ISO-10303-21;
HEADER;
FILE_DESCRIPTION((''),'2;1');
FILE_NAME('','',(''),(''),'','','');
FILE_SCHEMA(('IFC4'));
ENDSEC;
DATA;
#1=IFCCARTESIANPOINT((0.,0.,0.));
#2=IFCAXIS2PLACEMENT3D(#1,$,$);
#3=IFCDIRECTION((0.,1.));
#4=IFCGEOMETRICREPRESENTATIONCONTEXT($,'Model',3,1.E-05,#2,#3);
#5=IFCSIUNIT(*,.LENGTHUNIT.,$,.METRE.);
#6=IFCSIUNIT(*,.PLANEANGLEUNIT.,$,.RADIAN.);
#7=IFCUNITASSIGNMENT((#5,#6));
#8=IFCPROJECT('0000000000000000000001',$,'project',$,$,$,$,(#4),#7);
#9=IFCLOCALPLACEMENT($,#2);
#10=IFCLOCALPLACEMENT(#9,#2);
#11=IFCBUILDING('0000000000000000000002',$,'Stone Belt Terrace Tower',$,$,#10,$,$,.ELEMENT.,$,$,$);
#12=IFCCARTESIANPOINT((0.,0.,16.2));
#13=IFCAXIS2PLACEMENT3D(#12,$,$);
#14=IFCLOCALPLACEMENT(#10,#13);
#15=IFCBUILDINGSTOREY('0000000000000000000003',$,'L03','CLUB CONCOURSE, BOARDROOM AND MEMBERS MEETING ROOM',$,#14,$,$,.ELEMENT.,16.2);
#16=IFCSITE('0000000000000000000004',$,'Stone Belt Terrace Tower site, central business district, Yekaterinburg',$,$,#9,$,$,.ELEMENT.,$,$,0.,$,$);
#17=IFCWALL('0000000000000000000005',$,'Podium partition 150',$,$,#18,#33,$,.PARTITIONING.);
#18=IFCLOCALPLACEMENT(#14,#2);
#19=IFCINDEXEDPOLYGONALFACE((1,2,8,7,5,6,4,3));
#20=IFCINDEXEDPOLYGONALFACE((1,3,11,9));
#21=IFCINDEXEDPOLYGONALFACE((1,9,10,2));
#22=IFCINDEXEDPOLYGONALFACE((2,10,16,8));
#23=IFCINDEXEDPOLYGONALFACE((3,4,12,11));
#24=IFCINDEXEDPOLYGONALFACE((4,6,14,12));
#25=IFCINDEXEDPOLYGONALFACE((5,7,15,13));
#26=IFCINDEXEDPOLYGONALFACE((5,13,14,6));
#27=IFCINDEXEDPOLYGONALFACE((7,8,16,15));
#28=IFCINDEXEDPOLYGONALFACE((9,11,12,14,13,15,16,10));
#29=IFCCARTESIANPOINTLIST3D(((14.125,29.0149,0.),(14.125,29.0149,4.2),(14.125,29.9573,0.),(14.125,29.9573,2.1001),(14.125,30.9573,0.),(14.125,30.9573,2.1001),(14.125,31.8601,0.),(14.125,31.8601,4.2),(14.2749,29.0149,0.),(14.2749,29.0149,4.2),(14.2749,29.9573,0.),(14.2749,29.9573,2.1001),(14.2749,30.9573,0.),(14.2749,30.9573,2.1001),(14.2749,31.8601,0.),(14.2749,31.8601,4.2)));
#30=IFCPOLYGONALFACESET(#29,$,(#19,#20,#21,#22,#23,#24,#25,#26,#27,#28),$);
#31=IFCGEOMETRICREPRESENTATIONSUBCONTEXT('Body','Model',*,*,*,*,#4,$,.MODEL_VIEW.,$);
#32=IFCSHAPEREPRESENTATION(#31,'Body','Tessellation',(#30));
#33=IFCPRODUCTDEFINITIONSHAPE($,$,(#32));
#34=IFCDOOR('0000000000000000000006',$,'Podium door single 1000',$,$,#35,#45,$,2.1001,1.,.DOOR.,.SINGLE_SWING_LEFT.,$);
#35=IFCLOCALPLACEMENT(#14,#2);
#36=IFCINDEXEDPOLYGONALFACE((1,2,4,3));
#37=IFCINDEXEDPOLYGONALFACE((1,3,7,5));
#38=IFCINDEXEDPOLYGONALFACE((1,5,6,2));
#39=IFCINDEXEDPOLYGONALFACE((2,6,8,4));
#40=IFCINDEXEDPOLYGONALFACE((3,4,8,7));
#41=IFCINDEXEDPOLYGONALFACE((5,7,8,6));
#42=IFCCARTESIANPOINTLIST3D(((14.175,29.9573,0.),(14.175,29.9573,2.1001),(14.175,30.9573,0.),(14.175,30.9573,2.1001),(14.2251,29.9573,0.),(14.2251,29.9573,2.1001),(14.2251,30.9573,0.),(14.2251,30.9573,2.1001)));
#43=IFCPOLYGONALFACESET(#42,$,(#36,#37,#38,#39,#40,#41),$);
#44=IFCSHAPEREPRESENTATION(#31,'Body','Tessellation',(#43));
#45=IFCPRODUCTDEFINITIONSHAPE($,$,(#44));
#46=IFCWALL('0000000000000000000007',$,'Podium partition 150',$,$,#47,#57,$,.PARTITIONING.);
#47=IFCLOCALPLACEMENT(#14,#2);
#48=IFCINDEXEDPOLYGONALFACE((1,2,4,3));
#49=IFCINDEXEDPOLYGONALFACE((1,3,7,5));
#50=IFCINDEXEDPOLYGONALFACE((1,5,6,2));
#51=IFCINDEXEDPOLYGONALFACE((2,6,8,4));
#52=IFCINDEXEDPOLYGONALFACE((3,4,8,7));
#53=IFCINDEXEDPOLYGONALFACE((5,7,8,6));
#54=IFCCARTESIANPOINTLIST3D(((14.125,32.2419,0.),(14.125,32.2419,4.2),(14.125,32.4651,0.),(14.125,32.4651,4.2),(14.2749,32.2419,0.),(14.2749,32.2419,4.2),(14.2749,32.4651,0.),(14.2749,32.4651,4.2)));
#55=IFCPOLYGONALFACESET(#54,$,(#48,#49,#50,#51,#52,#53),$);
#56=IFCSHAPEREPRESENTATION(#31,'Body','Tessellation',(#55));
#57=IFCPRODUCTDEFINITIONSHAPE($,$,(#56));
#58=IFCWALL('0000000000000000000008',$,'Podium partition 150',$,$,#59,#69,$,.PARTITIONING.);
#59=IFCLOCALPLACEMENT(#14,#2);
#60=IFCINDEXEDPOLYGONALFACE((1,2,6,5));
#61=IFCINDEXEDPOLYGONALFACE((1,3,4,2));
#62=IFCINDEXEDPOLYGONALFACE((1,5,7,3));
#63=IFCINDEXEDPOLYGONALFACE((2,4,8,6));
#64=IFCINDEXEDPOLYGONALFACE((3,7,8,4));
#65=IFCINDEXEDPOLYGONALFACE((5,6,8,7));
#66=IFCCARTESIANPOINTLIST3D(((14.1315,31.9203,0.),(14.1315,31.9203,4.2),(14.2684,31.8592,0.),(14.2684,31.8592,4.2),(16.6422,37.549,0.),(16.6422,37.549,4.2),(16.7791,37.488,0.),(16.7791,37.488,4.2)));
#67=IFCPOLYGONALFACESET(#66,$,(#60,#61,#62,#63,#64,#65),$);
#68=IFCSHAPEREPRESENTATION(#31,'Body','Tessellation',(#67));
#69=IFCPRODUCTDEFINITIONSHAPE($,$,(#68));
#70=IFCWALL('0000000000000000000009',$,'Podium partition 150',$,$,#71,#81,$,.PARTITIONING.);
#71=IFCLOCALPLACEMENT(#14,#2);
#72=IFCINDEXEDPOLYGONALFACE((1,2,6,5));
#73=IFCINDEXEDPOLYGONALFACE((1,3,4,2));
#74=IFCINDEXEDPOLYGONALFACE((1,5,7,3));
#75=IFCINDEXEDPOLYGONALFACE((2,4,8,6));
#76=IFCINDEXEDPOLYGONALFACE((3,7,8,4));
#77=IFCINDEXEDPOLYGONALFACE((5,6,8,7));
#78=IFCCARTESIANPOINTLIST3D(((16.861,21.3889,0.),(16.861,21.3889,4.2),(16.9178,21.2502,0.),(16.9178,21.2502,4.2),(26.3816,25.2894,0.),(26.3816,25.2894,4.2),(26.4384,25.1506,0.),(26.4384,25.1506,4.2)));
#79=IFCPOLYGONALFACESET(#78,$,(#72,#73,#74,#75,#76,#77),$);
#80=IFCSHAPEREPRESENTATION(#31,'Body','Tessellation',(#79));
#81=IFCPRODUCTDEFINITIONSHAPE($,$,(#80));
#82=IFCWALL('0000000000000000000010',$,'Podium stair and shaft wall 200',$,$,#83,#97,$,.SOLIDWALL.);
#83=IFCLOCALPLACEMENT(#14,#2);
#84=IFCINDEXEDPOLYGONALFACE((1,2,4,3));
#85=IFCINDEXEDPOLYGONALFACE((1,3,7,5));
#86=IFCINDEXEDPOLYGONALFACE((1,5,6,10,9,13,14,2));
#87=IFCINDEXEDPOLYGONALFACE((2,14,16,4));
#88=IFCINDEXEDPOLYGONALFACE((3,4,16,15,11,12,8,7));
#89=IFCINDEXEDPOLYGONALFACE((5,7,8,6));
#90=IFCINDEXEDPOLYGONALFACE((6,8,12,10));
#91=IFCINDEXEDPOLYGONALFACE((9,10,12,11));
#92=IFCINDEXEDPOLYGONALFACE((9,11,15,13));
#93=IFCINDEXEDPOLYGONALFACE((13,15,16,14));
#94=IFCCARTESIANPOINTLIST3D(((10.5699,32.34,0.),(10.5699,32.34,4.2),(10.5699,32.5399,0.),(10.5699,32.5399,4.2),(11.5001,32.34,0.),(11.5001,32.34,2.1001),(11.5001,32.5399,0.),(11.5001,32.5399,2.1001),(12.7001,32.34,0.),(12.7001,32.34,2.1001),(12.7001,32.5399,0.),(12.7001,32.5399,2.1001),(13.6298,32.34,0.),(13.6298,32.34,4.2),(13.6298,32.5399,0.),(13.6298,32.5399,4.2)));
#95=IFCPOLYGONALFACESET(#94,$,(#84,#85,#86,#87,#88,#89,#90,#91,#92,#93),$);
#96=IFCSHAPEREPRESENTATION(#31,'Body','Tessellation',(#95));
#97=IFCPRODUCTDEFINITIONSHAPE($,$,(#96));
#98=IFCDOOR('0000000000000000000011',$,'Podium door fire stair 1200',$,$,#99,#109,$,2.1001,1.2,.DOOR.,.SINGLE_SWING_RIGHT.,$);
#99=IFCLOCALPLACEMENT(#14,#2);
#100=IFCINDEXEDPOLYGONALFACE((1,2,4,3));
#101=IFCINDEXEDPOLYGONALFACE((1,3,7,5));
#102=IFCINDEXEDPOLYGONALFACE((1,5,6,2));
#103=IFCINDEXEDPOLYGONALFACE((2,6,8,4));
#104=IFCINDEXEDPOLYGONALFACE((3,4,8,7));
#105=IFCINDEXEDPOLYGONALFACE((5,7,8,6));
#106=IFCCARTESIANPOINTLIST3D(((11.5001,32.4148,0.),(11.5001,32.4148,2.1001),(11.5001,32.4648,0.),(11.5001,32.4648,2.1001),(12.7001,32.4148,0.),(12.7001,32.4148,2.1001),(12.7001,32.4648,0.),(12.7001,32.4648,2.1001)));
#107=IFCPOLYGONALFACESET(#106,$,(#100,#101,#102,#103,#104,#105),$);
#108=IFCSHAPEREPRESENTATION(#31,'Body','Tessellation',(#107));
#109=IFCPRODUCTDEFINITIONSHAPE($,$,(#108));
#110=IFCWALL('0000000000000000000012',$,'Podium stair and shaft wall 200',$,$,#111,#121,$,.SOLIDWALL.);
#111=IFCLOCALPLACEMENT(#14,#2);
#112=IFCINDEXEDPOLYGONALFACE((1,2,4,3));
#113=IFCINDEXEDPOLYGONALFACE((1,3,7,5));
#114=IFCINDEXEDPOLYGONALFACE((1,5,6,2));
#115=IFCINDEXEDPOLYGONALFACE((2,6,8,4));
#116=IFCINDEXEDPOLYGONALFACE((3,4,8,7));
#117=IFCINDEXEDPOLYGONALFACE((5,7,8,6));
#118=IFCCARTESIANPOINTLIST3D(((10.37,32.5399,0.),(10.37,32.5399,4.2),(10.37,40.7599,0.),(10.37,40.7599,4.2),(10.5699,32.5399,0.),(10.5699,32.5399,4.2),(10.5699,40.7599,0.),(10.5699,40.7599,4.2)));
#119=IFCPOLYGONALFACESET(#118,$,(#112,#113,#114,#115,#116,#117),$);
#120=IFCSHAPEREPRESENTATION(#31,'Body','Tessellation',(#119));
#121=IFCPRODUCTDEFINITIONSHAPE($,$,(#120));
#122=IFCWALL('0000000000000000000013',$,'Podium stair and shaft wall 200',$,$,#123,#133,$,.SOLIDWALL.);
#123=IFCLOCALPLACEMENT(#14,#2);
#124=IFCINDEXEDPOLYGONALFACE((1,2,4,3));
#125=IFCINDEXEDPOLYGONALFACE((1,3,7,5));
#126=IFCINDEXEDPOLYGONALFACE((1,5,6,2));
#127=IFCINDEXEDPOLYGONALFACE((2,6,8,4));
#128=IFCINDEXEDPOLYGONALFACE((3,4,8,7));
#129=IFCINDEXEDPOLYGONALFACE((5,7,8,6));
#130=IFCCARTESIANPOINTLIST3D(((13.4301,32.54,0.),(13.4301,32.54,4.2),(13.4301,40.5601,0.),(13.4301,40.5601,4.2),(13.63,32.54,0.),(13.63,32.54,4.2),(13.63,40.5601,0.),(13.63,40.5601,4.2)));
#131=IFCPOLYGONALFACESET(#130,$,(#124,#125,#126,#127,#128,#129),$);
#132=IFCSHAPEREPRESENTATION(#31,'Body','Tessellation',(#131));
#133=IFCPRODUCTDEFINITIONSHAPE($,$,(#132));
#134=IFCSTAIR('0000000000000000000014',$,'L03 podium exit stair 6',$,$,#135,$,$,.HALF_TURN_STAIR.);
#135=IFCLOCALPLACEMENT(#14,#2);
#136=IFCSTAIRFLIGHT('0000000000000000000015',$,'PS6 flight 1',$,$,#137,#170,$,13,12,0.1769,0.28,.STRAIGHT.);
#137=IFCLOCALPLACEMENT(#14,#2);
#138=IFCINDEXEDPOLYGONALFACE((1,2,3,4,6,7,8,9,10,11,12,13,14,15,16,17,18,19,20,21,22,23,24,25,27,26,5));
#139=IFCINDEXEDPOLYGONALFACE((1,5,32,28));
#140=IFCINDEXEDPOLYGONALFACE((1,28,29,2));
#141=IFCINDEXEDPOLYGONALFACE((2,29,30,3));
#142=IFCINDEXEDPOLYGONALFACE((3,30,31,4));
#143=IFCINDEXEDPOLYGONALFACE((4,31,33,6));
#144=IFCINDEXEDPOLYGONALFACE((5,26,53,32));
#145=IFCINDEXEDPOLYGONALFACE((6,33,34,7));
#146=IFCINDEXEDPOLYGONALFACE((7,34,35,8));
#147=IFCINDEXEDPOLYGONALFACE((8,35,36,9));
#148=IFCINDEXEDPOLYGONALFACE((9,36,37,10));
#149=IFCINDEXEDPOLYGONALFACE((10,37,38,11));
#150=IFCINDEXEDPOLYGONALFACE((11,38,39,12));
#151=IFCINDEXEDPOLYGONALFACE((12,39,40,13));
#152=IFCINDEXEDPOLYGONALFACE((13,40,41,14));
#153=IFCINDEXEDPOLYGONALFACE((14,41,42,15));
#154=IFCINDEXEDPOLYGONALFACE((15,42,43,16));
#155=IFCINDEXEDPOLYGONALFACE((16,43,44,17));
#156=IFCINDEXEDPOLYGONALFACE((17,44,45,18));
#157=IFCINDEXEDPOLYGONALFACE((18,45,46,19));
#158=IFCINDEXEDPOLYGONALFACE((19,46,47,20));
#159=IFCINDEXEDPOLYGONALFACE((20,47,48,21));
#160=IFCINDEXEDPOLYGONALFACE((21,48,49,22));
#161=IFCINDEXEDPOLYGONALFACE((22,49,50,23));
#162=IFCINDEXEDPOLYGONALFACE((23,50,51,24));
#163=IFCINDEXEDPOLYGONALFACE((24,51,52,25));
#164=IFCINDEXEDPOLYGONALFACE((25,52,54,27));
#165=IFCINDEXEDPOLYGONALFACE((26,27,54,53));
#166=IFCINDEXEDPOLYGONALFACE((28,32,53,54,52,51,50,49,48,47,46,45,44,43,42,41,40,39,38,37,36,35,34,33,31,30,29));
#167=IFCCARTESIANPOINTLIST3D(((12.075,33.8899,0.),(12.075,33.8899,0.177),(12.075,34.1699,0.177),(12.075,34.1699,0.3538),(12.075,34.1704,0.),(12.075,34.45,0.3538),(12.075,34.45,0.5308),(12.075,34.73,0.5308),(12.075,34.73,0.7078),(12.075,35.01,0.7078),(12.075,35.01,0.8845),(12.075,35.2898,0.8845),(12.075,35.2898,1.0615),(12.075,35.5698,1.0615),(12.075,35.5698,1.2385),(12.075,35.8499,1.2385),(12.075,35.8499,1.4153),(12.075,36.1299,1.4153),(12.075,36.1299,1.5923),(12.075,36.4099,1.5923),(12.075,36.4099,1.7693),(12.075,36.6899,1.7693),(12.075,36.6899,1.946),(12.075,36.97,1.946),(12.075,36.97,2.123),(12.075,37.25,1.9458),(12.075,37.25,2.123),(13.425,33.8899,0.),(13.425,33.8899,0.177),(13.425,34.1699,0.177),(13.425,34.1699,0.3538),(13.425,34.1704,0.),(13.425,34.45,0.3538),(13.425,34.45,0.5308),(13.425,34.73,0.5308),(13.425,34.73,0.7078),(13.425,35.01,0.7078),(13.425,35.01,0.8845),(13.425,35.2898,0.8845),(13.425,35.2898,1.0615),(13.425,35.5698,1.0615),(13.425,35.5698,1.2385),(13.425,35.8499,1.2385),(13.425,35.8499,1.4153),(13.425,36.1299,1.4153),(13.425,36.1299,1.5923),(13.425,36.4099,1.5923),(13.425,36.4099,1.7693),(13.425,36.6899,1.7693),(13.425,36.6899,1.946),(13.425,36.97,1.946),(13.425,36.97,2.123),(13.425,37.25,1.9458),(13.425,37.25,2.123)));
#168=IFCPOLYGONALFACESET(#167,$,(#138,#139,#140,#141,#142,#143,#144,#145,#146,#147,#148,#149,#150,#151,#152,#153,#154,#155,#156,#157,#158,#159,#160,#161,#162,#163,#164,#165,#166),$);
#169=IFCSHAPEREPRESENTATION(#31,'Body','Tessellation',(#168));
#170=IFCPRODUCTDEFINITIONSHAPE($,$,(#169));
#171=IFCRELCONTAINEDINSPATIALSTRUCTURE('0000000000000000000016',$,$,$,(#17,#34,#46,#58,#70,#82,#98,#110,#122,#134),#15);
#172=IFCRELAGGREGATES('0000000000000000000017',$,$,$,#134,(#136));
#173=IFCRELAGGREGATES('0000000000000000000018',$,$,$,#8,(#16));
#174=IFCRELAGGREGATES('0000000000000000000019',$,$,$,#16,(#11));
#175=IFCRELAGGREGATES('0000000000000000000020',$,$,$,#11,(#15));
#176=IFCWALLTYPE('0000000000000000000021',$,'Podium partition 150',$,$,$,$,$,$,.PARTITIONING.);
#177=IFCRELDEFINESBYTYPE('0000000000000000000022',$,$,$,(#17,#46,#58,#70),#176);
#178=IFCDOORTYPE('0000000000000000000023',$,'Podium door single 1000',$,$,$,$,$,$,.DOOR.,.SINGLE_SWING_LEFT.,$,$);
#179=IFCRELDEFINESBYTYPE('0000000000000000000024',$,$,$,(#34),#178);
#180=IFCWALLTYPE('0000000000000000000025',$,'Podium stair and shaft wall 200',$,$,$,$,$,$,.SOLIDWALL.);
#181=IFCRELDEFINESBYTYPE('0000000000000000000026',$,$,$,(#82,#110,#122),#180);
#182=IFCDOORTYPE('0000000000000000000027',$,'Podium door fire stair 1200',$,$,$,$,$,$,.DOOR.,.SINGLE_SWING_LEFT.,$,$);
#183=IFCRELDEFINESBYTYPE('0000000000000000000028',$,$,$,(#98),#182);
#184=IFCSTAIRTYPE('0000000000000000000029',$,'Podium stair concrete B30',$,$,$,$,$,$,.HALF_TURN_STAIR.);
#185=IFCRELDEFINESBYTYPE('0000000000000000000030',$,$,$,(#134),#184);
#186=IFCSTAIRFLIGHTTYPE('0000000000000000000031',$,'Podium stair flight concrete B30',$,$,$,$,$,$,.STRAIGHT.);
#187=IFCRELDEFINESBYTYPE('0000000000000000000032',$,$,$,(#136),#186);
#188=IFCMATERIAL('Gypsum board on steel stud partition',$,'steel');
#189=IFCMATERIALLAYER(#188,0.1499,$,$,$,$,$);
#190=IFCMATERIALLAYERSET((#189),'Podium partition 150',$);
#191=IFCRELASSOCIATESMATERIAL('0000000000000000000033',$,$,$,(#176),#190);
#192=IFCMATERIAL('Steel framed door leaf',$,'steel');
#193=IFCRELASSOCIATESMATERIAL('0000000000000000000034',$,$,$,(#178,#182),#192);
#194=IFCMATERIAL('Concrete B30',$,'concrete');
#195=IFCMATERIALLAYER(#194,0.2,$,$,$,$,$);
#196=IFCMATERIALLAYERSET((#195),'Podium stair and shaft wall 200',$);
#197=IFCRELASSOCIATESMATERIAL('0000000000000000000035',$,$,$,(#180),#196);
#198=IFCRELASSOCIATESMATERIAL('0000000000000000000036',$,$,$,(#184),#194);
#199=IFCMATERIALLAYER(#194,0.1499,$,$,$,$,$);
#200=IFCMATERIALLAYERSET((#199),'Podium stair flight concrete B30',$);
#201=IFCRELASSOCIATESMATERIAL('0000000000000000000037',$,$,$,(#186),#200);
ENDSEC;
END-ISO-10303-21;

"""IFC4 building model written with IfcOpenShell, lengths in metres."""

from ifc_helpers import new_model, si_unit, direction, frame, frame_2d, origin, place, context, subcontext, project, spatial, polyline, rectangle, outline, extrude, material, layer, layer_set, type_object, element, fill, aggregate, save


model = new_model("IFC4")

# Units and contexts
model_context = context("Model", 3, precision=1e-05, world=origin(), true_north=direction((0.0, 1.0)))
body_context = subcontext(model_context, "Body", "Model", "MODEL_VIEW")
ifc_project = project(units=[si_unit("LENGTHUNIT", "METRE"), si_unit("PLANEANGLEUNIT", "RADIAN")], contexts=[model_context])

# Site, building, storey
site_placement = place(None, origin())
site = spatial("IfcSite", under=ifc_project, at=site_placement, Name="Stone Belt Terrace Tower site, central business district, Yekaterinburg", CompositionType="ELEMENT", RefElevation=0.0)
building_placement = place(site_placement, origin())
building = spatial("IfcBuilding", under=site, at=building_placement, Name="Stone Belt Terrace Tower", CompositionType="ELEMENT")
storey_placement = place(building_placement, frame((0.0, 0.0, 16.2)))
storey = spatial("IfcBuildingStorey", under=building, at=storey_placement, Name="L03", Description="CLUB CONCOURSE, BOARDROOM AND MEMBERS MEETING ROOM", CompositionType="ELEMENT", Elevation=16.2)

# Shared definitions
ifc_material_1 = material(Name="Gypsum board on steel stud partition", Category="steel")
ifc_layer_1 = layer(ifc_material_1, 0.1499)
ifc_layer_set_1 = layer_set([ifc_layer_1], Name="Podium partition 150")
wall_type_1 = type_object("IfcWallType", Name="Podium partition 150", PredefinedType="PARTITIONING", material=ifc_layer_set_1)

# Wall, opening, door
wall_1_placement = place(storey_placement, frame((14.2, 29.0149, 0.0), z_axis=(0.0, 0.0, 1.0), x_axis=(0.0, 1.0, 0.0)))
wall_1 = element("IfcWall", 1, at=wall_1_placement, inside=storey, type_object=wall_type_1, Name="Podium partition 150", PredefinedType="PARTITIONING", context=body_context, shape_type="SweptSolid", body=[
    extrude(rectangle(XDim=2.8452, YDim=0.1499, at=frame_2d((1.4226, 0.0))), origin(), (0.0, 0.0, 1.0), 4.2),
])
opening_1_placement = place(wall_1_placement, frame((0.9424, 0.0, 0.0)))
opening_1 = element("IfcOpeningElement", 2, at=opening_1_placement, cuts=wall_1, PredefinedType="OPENING", context=body_context, shape_type="SweptSolid", body=[
    extrude(rectangle(XDim=1.0, YDim=2.1001, at=frame_2d((0.5, 1.05))), frame((0.0, 0.085, 0.0), z_axis=(0.0, -1.0, 0.0), x_axis=(1.0, 0.0, 0.0)), (0.0, 0.0, 1.0), 0.1699),
])
ifc_material_2 = material(Name="Steel framed door leaf", Category="steel")
door_type_1 = type_object("IfcDoorType", Name="Podium door single 1000", OperationType="SINGLE_SWING_LEFT", PredefinedType="DOOR", material=ifc_material_2)
door_1_placement = place(opening_1_placement, origin())
door_1 = element("IfcDoor", 3, at=door_1_placement, inside=storey, type_object=door_type_1, Name="Podium door single 1000", OperationType="SINGLE_SWING_LEFT", OverallHeight=2.1001, OverallWidth=1.0, PredefinedType="DOOR", context=body_context, shape_type="SweptSolid", body=[
    extrude(rectangle(XDim=1.0, YDim=2.1001, at=frame_2d((0.5, 1.05))), frame((0.0, 0.0249, 0.0), z_axis=(0.0, -1.0, 0.0), x_axis=(1.0, 0.0, 0.0)), (0.0, 0.0, 1.0), 0.05),
])
fill(opening_1, door_1)

# Walls
wall_2_placement = place(storey_placement, frame((14.2, 32.2419, 0.0), z_axis=(0.0, 0.0, 1.0), x_axis=(0.0, 1.0, 0.0)))
element("IfcWall", 4, at=wall_2_placement, inside=storey, type_object=wall_type_1, Name="Podium partition 150", PredefinedType="PARTITIONING", context=body_context, shape_type="SweptSolid", body=[
    extrude(rectangle(XDim=0.2231, YDim=0.1499, at=frame_2d((0.1116, 0.0))), origin(), (0.0, 0.0, 1.0), 4.2),
])
wall_3_placement = place(storey_placement, frame((14.2, 31.8899, 0.0), z_axis=(0.0, 0.0, 1.0), x_axis=(0.407373, 0.913262, 0.0)))
element("IfcWall", 5, at=wall_3_placement, inside=storey, type_object=wall_type_1, Name="Podium partition 150", PredefinedType="PARTITIONING", context=body_context, shape_type="SweptSolid", body=[
    extrude(rectangle(XDim=6.1633, YDim=0.1499, at=frame_2d((3.0815, 0.0))), origin(), (0.0, 0.0, 1.0), 4.2),
])
wall_4_placement = place(storey_placement, frame((16.8894, 21.3196, 0.0), z_axis=(0.0, 0.0, 1.0), x_axis=(0.925355, 0.379102, 0.0)))
element("IfcWall", 6, at=wall_4_placement, inside=storey, type_object=wall_type_1, Name="Podium partition 150", PredefinedType="PARTITIONING", context=body_context, shape_type="SweptSolid", body=[
    extrude(rectangle(XDim=10.2886, YDim=0.1499, at=frame_2d((5.1443, 0.0))), origin(), (0.0, 0.0, 1.0), 4.2),
])

# Wall, opening, door
ifc_material_3 = material(Name="Concrete B30", Category="concrete")
ifc_layer_2 = layer(ifc_material_3, 0.2)
ifc_layer_set_2 = layer_set([ifc_layer_2], Name="Podium stair and shaft wall 200")
wall_type_2 = type_object("IfcWallType", Name="Podium stair and shaft wall 200", PredefinedType="SOLIDWALL", material=ifc_layer_set_2)
wall_5_placement = place(storey_placement, frame((10.5701, 32.4399, 0.0), z_axis=(0.0, 0.0, 1.0), x_axis=(1.0, 0.0, 0.0)))
wall_5 = element("IfcWall", 7, at=wall_5_placement, inside=storey, type_object=wall_type_2, Name="Podium stair and shaft wall 200", PredefinedType="SOLIDWALL", context=body_context, shape_type="SweptSolid", body=[
    extrude(rectangle(XDim=3.0598, YDim=0.2, at=frame_2d((1.5298, 0.0))), origin(), (0.0, 0.0, 1.0), 4.2),
])
opening_2_placement = place(wall_5_placement, frame((0.9299, 0.0, 0.0)))
opening_2 = element("IfcOpeningElement", 8, at=opening_2_placement, cuts=wall_5, PredefinedType="OPENING", context=body_context, shape_type="SweptSolid", body=[
    extrude(rectangle(XDim=1.2, YDim=2.1001, at=frame_2d((0.6001, 1.05))), frame((0.0, 0.1099, 0.0), z_axis=(0.0, -1.0, 0.0), x_axis=(1.0, 0.0, 0.0)), (0.0, 0.0, 1.0), 0.22),
])
door_type_2 = type_object("IfcDoorType", Name="Podium door fire stair 1200", OperationType="SINGLE_SWING_LEFT", PredefinedType="DOOR", material=ifc_material_2)
door_2_placement = place(opening_2_placement, origin())
door_2 = element("IfcDoor", 9, at=door_2_placement, inside=storey, type_object=door_type_2, Name="Podium door fire stair 1200", OperationType="SINGLE_SWING_RIGHT", OverallHeight=2.1001, OverallWidth=1.2, PredefinedType="DOOR", context=body_context, shape_type="SweptSolid", body=[
    extrude(rectangle(XDim=1.2, YDim=2.1001, at=frame_2d((0.6001, 1.05))), frame((0.0, 0.0249, 0.0), z_axis=(0.0, -1.0, 0.0), x_axis=(1.0, 0.0, 0.0)), (0.0, 0.0, 1.0), 0.05),
])
fill(opening_2, door_2)

# Walls
wall_6_placement = place(storey_placement, frame((10.47, 32.54, 0.0), z_axis=(0.0, 0.0, 1.0), x_axis=(0.0, 1.0, 0.0)))
element("IfcWall", 10, at=wall_6_placement, inside=storey, type_object=wall_type_2, Name="Podium stair and shaft wall 200", PredefinedType="SOLIDWALL", context=body_context, shape_type="SweptSolid", body=[
    extrude(rectangle(XDim=8.22, YDim=0.2, at=frame_2d((4.1099, 0.0))), origin(), (0.0, 0.0, 1.0), 4.2),
])
wall_7_placement = place(storey_placement, frame((13.53, 32.54, 0.0), z_axis=(0.0, 0.0, 1.0), x_axis=(0.0, 1.0, 0.0)))
element("IfcWall", 11, at=wall_7_placement, inside=storey, type_object=wall_type_2, Name="Podium stair and shaft wall 200", PredefinedType="SOLIDWALL", context=body_context, shape_type="SweptSolid", body=[
    extrude(rectangle(XDim=8.02, YDim=0.2, at=frame_2d((4.01, 0.0))), origin(), (0.0, 0.0, 1.0), 4.2),
])

# Stair, stair flight
stair_type = type_object("IfcStairType", Name="Podium stair concrete B30", PredefinedType="HALF_TURN_STAIR", material=ifc_material_3)
stair_placement = place(storey_placement, origin())
stair = element("IfcStair", 12, at=stair_placement, inside=storey, type_object=stair_type, Name="L03 podium exit stair 6", PredefinedType="HALF_TURN_STAIR")
ifc_layer_3 = layer(ifc_material_3, 0.1499)
ifc_layer_set_3 = layer_set([ifc_layer_3], Name="Podium stair flight concrete B30")
stair_flight_type = type_object("IfcStairFlightType", Name="Podium stair flight concrete B30", PredefinedType="STRAIGHT", material=ifc_layer_set_3)
stair_flight_placement = place(storey_placement, frame((12.75, 33.8899, 0.0), z_axis=(0.0, 0.0, 1.0), x_axis=(0.0, 1.0, 0.0)))
stair_flight = element("IfcStairFlight", 13, at=stair_flight_placement, type_object=stair_flight_type, Name="PS6 flight 1", NumberOfRisers=13, NumberOfTreads=12, PredefinedType="STRAIGHT", RiserHeight=0.1769, TreadLength=0.28, context=body_context, shape_type="SweptSolid", body=[
    extrude(outline(polyline([(0.0, 0.0), (0.0, 0.177), (0.28, 0.177), (0.28, 0.3538), (0.5601, 0.3538), (0.5601, 0.5308), (0.8401, 0.5308), (0.8401, 0.7078), (1.1201, 0.7078), (1.1201, 0.8845), (1.3999, 0.8845), (1.3999, 1.0615), (1.6799, 1.0615), (1.6799, 1.2385), (1.96, 1.2385), (1.96, 1.4153), (2.24, 1.4153), (2.24, 1.5923), (2.52, 1.5923), (2.52, 1.7693), (2.8, 1.7693), (2.8, 1.946), (3.0801, 1.946), (3.0801, 2.123), (3.3601, 2.123), (3.3601, 2.3), (3.3601, 1.9458), (0.2805, 0.0), (0.0, 0.0)])), frame((0.0, 0.675, 0.0), z_axis=(0.0, -1.0, 0.0), x_axis=(1.0, 0.0, 0.0)), (0.0, 0.0, 1.0), 1.3501),
])
aggregate(stair, [stair_flight])

save(model, "model.ifc")
